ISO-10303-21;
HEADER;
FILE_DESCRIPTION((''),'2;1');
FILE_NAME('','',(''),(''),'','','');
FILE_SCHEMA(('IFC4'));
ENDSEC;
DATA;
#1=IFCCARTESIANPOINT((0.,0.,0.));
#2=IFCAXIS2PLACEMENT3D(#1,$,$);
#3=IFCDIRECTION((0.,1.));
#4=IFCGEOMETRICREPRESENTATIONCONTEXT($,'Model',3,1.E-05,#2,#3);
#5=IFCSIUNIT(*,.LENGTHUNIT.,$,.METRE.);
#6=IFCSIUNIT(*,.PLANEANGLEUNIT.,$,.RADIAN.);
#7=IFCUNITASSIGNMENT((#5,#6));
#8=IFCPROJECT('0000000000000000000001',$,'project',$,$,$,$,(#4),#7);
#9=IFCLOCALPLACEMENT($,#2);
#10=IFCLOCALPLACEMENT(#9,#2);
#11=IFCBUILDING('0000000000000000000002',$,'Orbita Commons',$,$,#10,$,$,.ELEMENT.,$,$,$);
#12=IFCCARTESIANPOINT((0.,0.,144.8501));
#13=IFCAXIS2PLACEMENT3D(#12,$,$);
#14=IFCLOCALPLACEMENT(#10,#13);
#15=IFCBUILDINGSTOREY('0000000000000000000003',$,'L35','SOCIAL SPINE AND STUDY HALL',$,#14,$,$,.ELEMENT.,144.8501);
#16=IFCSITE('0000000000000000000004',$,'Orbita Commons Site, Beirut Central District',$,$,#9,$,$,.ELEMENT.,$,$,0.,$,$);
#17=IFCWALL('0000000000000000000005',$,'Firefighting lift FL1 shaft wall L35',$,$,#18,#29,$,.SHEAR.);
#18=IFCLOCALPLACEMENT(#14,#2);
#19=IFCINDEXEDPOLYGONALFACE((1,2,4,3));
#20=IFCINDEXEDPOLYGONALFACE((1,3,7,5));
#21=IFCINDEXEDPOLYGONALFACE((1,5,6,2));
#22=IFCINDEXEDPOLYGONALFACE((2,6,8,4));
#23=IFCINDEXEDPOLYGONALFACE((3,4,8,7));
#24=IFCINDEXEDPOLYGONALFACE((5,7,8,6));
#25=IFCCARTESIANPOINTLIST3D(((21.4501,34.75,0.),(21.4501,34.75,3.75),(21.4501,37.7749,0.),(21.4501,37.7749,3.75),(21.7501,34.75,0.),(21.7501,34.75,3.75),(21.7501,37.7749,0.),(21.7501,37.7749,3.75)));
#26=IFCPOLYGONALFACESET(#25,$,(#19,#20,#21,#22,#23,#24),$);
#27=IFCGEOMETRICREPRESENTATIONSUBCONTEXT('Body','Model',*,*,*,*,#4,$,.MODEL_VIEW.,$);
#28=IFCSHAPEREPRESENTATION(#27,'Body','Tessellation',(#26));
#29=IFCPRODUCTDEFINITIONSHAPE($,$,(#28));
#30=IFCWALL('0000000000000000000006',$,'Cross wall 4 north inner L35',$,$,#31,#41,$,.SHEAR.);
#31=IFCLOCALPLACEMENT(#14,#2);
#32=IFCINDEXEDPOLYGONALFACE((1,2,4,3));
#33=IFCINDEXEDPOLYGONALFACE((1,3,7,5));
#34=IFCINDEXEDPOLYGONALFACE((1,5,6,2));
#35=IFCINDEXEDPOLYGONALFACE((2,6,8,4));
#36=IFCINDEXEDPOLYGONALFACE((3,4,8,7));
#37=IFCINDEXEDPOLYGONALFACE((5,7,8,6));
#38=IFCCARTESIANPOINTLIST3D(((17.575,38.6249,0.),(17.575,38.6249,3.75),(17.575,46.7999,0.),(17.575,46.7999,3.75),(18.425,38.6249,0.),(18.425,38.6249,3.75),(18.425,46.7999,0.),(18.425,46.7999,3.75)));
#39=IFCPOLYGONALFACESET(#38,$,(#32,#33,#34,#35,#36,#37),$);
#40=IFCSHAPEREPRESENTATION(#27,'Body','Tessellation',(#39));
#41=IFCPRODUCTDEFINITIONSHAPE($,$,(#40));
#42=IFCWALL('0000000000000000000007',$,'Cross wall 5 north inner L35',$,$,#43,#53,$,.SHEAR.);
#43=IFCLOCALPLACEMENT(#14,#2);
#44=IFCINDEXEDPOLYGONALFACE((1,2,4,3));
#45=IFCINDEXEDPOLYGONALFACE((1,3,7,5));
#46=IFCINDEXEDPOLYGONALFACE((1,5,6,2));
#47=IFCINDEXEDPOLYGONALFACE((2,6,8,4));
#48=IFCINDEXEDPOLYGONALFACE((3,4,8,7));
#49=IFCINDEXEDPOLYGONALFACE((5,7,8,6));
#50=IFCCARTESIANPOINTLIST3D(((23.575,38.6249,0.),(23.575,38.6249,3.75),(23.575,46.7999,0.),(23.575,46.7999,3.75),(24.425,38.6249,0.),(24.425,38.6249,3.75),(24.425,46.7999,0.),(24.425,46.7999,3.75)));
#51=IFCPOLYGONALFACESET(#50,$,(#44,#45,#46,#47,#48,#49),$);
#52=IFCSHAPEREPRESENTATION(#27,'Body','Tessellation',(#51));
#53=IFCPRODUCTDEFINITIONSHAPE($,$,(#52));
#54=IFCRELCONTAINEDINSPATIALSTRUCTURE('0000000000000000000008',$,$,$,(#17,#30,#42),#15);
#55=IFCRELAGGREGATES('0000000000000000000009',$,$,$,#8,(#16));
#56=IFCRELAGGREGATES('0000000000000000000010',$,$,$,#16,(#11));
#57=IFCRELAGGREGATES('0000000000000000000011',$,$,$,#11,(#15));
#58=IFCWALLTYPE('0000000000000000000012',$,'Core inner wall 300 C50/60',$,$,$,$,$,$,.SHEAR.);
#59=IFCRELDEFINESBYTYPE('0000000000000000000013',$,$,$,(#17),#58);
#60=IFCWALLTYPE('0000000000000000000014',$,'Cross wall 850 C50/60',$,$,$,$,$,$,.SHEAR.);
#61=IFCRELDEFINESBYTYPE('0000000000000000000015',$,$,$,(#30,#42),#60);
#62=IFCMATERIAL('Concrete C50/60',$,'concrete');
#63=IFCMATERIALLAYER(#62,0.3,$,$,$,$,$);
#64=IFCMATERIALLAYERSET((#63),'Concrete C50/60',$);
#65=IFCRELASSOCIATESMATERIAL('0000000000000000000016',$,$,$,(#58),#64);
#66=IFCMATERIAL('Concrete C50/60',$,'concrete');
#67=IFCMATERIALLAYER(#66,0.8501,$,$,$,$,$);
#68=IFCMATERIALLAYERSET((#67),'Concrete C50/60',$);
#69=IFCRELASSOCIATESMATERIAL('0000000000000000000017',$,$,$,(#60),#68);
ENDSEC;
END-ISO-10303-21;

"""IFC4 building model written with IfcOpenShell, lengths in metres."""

from ifc_helpers import new_model, si_unit, direction, frame, frame_2d, origin, place, context, subcontext, project, spatial, rectangle, extrude, material, layer, layer_set, type_object, element, save


model = new_model("IFC4")

# Units and contexts
model_context = context("Model", 3, precision=1e-05, world=origin(), true_north=direction((0.0, 1.0)))
body_context = subcontext(model_context, "Body", "Model", "MODEL_VIEW")
ifc_project = project(units=[si_unit("LENGTHUNIT", "METRE"), si_unit("PLANEANGLEUNIT", "RADIAN")], contexts=[model_context])

# Site, building, storey
site_placement = place(None, origin())
site = spatial("IfcSite", under=ifc_project, at=site_placement, Name="Orbita Commons Site, Beirut Central District", CompositionType="ELEMENT", RefElevation=0.0)
building_placement = place(site_placement, origin())
building = spatial("IfcBuilding", under=site, at=building_placement, Name="Orbita Commons", CompositionType="ELEMENT")
storey_placement = place(building_placement, frame((0.0, 0.0, 144.8501)))
storey = spatial("IfcBuildingStorey", under=building, at=storey_placement, Name="L35", Description="SOCIAL SPINE AND STUDY HALL", CompositionType="ELEMENT", Elevation=144.8501)

# Walls
ifc_material_1 = material(Name="Concrete C50/60", Category="concrete")
ifc_layer_1 = layer(ifc_material_1, 0.3)
ifc_layer_set_1 = layer_set([ifc_layer_1], Name="Concrete C50/60")
wall_type_1 = type_object("IfcWallType", Name="Core inner wall 300 C50/60", PredefinedType="SHEAR", material=ifc_layer_set_1)
wall_placement = place(storey_placement, frame((21.6001, 34.75, 0.0), z_axis=(0.0, 0.0, 1.0), x_axis=(0.0, 1.0, 0.0)))
element("IfcWall", 1, at=wall_placement, inside=storey, type_object=wall_type_1, Name="Firefighting lift FL1 shaft wall L35", PredefinedType="SHEAR", context=body_context, shape_type="SweptSolid", body=[
    extrude(rectangle(XDim=3.0249, YDim=0.3, at=frame_2d((1.5125, 0.0))), origin(), (0.0, 0.0, 1.0), 3.75),
])
ifc_material_2 = material(Name="Concrete C50/60", Category="concrete")
ifc_layer_2 = layer(ifc_material_2, 0.8501)
ifc_layer_set_2 = layer_set([ifc_layer_2], Name="Concrete C50/60")
wall_type_2 = type_object("IfcWallType", Name="Cross wall 850 C50/60", PredefinedType="SHEAR", material=ifc_layer_set_2)
for number, where, z_axis, x_axis, name in (
    (2, (18.0, 38.625, 0.0), (0.0, 0.0, 1.0), (0.0, 1.0, 0.0), "Cross wall 4 north inner L35"),
    (3, (24.0, 38.625, 0.0), (0.0, 0.0, 1.0), (0.0, 1.0, 0.0), "Cross wall 5 north inner L35"),
):
    element("IfcWall", number, at=place(storey_placement, frame(where, z_axis=z_axis, x_axis=x_axis)), inside=storey, type_object=wall_type_2, Name=name, PredefinedType="SHEAR", context=body_context, shape_type="SweptSolid", body=[
        extrude(rectangle(XDim=8.175, YDim=0.8501, at=frame_2d((4.0874, 0.0))), origin(), (0.0, 0.0, 1.0), 3.75),
    ])

save(model, "model.ifc")
